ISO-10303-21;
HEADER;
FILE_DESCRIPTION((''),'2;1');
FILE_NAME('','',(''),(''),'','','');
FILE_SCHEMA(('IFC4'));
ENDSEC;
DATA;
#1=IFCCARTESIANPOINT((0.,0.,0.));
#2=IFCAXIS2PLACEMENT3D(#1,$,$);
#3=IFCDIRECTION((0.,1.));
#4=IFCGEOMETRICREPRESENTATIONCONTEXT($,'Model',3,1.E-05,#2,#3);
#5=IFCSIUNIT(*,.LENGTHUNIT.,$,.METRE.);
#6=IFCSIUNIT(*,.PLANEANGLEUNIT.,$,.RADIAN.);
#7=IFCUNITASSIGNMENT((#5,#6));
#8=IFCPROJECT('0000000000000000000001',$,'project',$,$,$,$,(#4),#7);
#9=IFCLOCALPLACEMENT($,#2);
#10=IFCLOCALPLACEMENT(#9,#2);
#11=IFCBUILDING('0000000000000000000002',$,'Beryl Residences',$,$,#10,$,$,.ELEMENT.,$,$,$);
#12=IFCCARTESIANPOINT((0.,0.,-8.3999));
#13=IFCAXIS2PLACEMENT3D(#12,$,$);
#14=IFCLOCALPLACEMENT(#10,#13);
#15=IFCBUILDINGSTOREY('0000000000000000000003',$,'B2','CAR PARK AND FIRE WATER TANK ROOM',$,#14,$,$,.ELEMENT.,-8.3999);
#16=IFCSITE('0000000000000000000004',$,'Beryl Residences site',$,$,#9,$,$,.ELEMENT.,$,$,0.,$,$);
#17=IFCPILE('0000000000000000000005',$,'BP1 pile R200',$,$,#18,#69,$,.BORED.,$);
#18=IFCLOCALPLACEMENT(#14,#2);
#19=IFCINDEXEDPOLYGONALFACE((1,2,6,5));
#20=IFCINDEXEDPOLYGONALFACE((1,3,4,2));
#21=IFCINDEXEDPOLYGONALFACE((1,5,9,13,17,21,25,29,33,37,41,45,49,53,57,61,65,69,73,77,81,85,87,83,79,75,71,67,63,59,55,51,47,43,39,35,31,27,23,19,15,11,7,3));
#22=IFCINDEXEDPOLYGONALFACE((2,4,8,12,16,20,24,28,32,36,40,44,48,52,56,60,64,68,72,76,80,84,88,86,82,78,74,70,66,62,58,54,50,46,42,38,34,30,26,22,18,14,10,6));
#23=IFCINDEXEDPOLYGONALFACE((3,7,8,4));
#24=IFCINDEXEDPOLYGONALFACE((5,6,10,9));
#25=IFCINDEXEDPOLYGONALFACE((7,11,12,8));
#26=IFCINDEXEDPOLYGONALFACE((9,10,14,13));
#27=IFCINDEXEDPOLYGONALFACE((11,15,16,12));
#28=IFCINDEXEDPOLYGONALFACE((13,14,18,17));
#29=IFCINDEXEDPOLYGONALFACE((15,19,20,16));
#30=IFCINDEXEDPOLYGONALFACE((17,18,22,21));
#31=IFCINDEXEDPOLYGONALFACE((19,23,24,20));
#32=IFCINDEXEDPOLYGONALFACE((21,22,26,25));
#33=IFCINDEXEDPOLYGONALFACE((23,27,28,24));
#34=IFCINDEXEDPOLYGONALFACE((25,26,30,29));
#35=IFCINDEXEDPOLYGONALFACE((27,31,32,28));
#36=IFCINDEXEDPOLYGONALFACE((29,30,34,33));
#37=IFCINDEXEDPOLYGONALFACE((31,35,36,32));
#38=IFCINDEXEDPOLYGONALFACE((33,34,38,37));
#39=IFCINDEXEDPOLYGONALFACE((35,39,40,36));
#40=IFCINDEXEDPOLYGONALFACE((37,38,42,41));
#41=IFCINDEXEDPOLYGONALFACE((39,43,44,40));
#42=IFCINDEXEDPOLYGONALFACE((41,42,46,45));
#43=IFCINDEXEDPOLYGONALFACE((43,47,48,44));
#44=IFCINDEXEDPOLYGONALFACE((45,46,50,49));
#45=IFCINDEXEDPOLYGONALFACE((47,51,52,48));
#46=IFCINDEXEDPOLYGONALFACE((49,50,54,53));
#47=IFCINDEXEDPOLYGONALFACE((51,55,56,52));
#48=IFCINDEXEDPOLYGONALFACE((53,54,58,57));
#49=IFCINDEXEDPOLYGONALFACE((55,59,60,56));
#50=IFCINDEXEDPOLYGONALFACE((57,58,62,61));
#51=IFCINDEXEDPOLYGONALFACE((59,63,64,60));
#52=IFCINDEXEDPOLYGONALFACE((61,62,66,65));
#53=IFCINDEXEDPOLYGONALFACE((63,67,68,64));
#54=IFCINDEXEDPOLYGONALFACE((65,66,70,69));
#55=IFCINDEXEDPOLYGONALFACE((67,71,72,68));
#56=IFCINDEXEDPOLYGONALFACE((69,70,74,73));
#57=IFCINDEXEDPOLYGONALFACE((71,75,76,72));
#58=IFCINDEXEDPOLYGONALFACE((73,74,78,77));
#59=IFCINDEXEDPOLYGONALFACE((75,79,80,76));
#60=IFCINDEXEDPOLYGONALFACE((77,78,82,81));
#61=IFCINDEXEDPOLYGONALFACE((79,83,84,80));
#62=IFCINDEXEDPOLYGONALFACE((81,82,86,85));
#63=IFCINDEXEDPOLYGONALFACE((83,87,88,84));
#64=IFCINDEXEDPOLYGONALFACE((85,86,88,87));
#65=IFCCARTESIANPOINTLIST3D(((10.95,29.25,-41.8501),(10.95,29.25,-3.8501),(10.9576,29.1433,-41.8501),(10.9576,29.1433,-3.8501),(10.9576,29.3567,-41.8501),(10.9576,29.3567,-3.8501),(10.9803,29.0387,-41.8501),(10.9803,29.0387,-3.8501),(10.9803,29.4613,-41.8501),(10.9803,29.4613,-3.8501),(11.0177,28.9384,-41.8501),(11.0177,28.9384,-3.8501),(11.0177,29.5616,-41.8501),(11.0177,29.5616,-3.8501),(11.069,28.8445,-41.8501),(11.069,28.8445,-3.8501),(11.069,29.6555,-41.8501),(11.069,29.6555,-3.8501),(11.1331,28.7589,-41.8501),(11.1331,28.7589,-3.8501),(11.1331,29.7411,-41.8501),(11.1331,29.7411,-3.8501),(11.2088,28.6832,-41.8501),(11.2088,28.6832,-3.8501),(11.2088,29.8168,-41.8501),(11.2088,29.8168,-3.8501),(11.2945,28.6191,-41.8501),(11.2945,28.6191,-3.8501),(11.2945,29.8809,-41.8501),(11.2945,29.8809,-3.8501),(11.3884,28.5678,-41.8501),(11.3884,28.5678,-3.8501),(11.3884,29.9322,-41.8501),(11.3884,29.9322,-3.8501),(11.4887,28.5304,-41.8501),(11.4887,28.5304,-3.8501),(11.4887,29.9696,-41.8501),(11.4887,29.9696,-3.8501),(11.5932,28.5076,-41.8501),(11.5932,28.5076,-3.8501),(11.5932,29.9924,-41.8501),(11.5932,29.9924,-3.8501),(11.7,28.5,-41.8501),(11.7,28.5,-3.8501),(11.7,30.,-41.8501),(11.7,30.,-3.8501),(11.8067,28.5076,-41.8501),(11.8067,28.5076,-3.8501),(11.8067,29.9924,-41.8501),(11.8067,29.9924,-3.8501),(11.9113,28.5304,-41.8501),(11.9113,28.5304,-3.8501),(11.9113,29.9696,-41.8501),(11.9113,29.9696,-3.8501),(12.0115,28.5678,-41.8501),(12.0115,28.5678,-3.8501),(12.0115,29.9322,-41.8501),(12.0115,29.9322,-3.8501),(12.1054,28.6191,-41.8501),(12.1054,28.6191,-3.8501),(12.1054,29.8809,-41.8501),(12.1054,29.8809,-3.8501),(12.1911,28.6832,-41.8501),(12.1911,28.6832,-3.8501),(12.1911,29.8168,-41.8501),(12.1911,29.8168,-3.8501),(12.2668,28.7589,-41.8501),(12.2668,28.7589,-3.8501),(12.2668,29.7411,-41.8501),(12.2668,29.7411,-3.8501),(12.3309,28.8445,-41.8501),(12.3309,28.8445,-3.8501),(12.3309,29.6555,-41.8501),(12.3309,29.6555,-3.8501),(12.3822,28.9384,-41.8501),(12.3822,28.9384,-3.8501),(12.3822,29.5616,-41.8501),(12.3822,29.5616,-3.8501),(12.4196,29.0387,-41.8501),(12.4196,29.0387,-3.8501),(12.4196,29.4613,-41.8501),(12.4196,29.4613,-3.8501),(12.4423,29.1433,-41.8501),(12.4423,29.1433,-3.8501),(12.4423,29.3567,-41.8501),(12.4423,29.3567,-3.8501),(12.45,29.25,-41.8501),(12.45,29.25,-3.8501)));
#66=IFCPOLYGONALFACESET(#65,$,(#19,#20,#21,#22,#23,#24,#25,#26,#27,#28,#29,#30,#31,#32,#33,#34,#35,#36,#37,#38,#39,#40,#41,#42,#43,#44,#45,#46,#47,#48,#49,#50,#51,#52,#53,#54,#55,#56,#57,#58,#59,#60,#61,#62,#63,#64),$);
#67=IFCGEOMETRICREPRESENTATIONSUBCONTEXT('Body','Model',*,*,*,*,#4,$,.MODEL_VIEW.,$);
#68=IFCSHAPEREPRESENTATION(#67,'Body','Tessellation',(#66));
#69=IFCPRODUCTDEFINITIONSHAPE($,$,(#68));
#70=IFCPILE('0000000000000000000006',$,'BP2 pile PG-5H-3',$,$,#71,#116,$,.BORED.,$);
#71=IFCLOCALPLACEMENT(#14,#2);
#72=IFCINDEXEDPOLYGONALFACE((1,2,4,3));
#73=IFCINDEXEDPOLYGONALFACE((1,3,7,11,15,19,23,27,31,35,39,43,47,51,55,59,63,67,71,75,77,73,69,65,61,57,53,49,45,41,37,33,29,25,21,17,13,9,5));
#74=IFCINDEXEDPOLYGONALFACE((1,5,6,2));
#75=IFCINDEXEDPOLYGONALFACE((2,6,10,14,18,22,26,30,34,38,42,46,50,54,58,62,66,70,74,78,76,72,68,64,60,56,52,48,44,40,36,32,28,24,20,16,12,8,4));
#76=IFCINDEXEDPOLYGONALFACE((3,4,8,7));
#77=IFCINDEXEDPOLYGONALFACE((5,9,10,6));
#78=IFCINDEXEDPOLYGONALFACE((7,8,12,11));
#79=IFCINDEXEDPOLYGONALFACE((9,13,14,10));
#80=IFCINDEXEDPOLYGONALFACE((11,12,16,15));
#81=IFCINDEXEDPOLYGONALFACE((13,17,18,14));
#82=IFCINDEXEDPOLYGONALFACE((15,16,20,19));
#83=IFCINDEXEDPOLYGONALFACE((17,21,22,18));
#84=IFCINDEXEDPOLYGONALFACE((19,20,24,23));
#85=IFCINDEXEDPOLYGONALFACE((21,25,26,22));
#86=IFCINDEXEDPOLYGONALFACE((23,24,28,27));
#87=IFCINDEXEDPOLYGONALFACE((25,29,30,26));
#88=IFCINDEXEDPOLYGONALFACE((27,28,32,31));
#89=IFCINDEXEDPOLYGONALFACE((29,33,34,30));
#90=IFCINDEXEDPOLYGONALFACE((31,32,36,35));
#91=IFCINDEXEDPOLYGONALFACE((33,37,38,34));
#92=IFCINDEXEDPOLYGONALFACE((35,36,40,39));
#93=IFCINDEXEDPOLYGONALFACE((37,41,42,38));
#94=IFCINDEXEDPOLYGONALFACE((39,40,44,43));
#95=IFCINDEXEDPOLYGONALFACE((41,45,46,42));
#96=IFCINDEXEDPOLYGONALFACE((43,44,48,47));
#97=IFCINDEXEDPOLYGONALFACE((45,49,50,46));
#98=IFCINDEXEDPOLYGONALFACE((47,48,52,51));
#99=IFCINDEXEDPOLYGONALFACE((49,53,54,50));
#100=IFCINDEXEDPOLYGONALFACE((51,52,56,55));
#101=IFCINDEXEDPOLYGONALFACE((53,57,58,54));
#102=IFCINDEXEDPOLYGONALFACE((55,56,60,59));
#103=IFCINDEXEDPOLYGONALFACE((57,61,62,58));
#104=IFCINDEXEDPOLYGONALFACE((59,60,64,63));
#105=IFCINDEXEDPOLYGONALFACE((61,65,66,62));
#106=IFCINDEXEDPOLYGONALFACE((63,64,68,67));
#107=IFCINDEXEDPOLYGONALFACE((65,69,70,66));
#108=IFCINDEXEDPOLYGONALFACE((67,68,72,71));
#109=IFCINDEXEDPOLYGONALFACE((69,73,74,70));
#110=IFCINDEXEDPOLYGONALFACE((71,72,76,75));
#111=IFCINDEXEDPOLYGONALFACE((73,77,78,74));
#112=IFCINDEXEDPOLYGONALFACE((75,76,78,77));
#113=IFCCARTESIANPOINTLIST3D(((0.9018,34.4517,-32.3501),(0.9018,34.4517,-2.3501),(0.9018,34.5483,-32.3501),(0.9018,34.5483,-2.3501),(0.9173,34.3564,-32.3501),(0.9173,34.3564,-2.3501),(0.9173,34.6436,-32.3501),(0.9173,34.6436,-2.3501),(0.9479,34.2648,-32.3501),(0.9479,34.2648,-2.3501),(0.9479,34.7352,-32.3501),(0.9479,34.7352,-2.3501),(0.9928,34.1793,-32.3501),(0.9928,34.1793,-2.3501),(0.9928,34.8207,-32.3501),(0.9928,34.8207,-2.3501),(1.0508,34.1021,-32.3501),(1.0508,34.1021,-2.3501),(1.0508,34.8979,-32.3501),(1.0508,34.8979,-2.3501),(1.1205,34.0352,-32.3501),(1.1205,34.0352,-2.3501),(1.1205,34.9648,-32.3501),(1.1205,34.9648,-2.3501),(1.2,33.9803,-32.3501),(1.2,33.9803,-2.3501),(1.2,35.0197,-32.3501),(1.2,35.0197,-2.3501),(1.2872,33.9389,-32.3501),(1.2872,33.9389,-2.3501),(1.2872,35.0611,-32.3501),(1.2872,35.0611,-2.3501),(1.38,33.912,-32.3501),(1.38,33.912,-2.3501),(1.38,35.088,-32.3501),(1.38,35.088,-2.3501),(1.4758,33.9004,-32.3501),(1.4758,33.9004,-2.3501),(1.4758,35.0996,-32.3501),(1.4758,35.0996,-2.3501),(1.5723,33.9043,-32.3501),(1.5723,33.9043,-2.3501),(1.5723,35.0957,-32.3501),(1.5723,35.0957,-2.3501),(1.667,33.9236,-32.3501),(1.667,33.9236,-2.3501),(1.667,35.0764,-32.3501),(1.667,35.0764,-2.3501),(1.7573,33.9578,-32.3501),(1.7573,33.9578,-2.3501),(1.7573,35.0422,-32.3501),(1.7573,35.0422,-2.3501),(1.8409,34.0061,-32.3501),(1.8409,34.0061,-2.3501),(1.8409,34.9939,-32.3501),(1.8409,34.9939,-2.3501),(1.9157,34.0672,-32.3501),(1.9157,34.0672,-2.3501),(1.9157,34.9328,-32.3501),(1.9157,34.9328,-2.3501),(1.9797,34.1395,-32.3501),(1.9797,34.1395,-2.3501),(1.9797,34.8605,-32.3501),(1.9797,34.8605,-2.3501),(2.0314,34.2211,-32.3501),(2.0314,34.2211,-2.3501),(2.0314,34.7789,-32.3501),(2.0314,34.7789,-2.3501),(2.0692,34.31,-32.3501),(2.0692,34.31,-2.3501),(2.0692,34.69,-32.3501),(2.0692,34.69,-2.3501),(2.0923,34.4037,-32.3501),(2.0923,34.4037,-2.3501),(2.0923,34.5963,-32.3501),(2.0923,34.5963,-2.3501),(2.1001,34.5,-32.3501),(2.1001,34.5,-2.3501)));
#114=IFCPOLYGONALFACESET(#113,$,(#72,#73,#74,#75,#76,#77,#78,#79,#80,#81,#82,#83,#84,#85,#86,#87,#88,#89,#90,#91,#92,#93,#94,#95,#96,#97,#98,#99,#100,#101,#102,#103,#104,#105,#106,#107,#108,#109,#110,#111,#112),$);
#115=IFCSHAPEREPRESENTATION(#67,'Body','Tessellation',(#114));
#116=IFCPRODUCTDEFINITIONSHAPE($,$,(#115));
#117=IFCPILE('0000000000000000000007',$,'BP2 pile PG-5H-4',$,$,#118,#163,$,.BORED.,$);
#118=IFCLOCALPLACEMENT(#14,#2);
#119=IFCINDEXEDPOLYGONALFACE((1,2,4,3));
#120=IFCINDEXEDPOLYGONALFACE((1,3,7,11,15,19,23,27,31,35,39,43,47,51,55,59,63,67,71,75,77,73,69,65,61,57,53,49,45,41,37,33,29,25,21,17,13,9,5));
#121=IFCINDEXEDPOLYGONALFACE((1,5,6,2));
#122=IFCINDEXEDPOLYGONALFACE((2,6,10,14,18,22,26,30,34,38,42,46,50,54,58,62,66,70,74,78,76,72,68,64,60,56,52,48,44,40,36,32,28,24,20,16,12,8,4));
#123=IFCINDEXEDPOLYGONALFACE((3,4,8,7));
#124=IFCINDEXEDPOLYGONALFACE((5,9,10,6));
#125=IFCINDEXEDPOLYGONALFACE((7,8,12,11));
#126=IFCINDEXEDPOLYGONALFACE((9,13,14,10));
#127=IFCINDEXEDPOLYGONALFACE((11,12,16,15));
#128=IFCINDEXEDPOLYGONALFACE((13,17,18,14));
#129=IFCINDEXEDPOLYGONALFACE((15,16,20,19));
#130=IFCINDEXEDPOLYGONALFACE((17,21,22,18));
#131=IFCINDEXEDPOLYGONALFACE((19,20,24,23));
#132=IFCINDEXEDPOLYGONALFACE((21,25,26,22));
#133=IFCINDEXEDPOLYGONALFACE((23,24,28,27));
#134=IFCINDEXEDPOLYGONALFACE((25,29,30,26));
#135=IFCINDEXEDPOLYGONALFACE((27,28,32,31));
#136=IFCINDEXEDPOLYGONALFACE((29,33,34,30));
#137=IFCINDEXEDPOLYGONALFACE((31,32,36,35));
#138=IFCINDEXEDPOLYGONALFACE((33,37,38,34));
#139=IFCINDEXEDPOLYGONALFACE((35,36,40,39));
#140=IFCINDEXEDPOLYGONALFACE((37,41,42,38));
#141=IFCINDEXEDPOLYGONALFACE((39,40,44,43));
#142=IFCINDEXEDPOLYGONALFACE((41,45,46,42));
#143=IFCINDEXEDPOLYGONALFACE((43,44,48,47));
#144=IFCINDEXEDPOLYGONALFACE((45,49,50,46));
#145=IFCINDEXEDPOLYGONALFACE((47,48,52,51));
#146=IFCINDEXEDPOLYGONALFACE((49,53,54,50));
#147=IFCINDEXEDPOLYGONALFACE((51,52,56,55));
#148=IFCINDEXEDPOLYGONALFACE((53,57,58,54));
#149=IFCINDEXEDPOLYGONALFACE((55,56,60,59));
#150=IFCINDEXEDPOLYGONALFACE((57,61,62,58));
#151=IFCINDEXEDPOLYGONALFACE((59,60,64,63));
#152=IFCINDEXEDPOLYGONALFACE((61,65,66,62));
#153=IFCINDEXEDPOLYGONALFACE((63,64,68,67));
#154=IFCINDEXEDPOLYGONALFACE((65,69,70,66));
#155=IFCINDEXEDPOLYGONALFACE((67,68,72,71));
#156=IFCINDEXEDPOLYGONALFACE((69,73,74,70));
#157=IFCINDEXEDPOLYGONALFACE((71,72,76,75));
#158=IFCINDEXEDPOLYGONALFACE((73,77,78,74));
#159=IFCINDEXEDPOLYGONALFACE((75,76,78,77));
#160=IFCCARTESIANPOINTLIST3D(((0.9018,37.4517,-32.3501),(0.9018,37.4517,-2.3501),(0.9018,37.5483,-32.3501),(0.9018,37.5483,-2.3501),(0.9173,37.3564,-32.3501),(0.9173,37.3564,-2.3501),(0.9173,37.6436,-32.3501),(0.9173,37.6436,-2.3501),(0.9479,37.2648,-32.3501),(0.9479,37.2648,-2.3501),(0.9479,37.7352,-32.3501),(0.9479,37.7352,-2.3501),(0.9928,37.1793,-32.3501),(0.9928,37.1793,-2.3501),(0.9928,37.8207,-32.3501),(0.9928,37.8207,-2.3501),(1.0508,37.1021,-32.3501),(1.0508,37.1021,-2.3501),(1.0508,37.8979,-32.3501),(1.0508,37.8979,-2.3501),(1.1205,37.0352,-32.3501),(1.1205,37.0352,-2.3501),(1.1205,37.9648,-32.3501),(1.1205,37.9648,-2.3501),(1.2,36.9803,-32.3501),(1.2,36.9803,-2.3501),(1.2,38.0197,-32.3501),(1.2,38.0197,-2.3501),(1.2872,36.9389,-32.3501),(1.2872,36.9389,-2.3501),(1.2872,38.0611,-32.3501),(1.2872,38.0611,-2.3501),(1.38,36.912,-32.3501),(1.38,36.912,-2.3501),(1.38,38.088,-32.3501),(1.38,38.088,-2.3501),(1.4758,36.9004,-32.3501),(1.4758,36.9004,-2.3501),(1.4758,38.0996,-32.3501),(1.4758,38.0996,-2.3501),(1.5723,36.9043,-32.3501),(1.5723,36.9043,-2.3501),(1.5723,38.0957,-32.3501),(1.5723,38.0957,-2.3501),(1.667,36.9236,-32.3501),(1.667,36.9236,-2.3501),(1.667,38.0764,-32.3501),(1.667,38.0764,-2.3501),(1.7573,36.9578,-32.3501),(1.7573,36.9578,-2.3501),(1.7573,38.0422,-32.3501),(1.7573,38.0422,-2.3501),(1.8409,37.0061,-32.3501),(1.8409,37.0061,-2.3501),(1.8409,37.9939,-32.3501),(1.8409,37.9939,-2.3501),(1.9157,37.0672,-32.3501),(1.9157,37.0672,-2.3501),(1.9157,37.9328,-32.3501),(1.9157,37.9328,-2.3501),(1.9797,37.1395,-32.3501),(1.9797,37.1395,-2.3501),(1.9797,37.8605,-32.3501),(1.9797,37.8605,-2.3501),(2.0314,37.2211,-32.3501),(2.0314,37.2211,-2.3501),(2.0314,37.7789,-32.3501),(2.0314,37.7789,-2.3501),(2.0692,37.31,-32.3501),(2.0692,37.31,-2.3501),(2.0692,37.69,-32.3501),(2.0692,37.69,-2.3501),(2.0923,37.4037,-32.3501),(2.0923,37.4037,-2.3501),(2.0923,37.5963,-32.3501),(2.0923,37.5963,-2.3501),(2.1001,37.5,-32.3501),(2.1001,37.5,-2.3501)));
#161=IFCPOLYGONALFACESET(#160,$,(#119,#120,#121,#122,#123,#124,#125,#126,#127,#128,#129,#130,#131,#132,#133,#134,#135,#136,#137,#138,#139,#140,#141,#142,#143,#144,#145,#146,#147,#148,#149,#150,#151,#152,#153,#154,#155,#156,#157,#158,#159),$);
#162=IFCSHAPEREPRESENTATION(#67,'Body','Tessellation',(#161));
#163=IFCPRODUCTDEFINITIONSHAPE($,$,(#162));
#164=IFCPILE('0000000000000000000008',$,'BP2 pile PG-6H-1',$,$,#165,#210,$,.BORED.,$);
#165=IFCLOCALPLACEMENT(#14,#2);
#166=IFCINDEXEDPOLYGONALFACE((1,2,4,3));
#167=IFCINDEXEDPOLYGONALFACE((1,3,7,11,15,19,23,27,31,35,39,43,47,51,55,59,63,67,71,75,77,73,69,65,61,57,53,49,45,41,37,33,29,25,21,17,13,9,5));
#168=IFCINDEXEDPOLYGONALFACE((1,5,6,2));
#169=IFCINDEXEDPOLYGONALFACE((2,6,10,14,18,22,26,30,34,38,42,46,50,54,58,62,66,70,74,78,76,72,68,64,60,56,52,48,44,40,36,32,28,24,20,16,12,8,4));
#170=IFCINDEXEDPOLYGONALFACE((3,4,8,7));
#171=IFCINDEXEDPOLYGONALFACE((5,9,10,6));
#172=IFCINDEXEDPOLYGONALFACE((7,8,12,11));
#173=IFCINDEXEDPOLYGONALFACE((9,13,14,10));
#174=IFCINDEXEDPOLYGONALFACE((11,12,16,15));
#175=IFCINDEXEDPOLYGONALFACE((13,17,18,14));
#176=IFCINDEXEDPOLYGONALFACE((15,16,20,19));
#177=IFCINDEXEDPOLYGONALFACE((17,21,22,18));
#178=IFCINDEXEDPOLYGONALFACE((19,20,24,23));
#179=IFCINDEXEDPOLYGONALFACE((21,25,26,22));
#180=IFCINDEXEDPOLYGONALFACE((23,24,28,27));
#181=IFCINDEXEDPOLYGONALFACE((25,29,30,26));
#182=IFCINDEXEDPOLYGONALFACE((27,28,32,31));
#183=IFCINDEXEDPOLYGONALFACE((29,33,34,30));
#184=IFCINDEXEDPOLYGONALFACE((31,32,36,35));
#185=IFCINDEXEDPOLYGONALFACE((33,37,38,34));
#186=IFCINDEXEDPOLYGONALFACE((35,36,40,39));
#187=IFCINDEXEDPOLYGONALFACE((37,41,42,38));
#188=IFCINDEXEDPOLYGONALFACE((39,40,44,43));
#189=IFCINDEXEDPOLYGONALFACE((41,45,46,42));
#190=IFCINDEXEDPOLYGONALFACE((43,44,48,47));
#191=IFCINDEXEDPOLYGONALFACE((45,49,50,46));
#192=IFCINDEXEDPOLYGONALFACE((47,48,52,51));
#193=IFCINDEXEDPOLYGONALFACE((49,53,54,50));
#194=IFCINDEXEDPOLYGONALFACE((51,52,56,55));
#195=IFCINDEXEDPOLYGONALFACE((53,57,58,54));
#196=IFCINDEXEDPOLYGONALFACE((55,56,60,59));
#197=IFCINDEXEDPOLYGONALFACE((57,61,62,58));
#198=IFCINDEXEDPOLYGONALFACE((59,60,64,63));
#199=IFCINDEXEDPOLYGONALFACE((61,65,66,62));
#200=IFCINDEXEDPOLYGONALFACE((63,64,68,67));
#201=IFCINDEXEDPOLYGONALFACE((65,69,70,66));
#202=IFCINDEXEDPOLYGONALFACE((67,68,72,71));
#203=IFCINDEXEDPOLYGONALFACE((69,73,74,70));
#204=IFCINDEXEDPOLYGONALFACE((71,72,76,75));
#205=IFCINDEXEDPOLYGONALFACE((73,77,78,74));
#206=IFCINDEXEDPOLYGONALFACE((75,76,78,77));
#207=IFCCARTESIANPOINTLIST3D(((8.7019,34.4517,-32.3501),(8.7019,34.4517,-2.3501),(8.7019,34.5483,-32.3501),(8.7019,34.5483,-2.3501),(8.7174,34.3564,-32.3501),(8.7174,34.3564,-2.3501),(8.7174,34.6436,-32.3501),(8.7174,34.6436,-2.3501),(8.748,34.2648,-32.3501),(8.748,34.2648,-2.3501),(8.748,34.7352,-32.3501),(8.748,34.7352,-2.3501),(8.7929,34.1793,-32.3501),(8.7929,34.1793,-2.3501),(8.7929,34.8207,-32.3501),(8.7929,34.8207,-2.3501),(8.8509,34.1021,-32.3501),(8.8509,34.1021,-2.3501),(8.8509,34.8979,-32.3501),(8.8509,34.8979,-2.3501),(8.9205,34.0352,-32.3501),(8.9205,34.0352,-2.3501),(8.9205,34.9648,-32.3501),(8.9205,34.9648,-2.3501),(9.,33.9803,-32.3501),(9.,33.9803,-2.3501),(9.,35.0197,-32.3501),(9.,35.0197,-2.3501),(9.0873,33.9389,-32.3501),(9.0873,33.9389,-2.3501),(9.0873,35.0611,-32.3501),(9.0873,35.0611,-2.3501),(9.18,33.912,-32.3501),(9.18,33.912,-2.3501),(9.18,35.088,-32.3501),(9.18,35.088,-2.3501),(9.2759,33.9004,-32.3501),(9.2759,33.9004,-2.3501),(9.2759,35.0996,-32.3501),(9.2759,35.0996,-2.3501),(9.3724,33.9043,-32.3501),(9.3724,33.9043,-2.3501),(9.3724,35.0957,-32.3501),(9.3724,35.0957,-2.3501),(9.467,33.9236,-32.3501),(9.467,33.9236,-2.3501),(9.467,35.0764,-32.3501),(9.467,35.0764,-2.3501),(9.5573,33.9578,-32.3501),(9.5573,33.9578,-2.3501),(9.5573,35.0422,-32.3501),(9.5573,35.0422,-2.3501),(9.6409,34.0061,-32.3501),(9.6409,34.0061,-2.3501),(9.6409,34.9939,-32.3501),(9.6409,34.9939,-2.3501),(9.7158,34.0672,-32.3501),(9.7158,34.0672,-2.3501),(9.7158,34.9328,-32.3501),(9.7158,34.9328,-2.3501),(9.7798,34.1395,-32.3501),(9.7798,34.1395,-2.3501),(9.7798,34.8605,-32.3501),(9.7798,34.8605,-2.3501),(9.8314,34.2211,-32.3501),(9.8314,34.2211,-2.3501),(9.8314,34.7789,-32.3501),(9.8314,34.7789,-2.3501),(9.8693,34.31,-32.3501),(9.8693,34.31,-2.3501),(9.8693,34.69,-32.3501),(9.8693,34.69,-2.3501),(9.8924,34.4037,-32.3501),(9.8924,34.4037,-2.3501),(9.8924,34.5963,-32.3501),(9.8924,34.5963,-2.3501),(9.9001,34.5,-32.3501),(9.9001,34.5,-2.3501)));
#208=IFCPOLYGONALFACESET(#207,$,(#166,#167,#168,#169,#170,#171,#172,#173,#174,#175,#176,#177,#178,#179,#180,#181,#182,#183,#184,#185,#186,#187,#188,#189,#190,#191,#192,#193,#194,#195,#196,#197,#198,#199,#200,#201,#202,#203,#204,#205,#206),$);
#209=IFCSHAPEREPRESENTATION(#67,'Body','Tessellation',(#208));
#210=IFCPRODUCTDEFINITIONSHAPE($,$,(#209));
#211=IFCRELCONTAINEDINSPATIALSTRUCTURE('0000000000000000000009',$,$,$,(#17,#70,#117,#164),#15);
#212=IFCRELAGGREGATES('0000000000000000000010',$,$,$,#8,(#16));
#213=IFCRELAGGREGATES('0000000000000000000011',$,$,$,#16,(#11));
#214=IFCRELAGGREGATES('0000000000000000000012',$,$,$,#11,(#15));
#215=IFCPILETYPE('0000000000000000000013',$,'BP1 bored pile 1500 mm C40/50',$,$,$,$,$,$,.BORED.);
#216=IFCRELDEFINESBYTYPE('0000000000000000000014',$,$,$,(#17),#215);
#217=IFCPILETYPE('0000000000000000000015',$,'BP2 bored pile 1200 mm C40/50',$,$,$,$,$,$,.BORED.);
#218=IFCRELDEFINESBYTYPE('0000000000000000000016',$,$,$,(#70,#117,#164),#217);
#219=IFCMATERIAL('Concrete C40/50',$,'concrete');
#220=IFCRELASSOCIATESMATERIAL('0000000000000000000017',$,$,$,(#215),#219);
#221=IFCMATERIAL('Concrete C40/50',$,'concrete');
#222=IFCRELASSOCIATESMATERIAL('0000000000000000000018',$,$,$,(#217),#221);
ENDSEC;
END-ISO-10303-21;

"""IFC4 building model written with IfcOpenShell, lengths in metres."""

from ifc_helpers import new_model, si_unit, direction, frame, origin, origin_2d, place, context, subcontext, project, spatial, circle, extrude, material, material_profile, profile_set, type_object, element, save


model = new_model("IFC4")

# Units and contexts
model_context = context("Model", 3, precision=1e-05, world=origin(), true_north=direction((0.0, 1.0)))
body_context = subcontext(model_context, "Body", "Model", "MODEL_VIEW")
ifc_project = project(units=[si_unit("LENGTHUNIT", "METRE"), si_unit("PLANEANGLEUNIT", "RADIAN")], contexts=[model_context])

# Site, building, storey
site_placement = place(None, origin())
site = spatial("IfcSite", under=ifc_project, at=site_placement, Name="Beryl Residences site", CompositionType="ELEMENT", RefElevation=0.0)
building_placement = place(site_placement, origin())
building = spatial("IfcBuilding", under=site, at=building_placement, Name="Beryl Residences", CompositionType="ELEMENT")
storey_placement = place(building_placement, frame((0.0, 0.0, -8.3999)))
storey = spatial("IfcBuildingStorey", under=building, at=storey_placement, Name="B2", Description="CAR PARK AND FIRE WATER TANK ROOM", CompositionType="ELEMENT", Elevation=-8.3999)

# Piles
ifc_material_1 = material(Name="Concrete C40/50", Category="concrete")
ifc_material_profile_1 = material_profile(ifc_material_1, circle(Radius=0.75, at=origin_2d()))
ifc_profile_set_1 = profile_set([ifc_material_profile_1], Name="Concrete C40/50")
pile_type_1 = type_object("IfcPileType", Name="BP1 bored pile 1500 mm C40/50", PredefinedType="BORED", material=ifc_profile_set_1)
for number, where, z_axis, x_axis, name in (
    (1, (11.7, 29.25, -3.8501), (0.0, 0.0, -1.0), (1.0, 0.0, 0.0), "BP1 pile R200"),
):
    element("IfcPile", number, at=place(storey_placement, frame(where, z_axis=z_axis, x_axis=x_axis)), inside=storey, type_object=pile_type_1, Name=name, PredefinedType="BORED", context=body_context, shape_type="SweptSolid", body=[
        extrude(circle(Radius=0.75, at=origin_2d()), origin(), (0.0, 0.0, 1.0), 38.0),
    ])
ifc_material_2 = material(Name="Concrete C40/50", Category="concrete")
ifc_material_profile_2 = material_profile(ifc_material_2, circle(Radius=0.6001, at=origin_2d()))
ifc_profile_set_2 = profile_set([ifc_material_profile_2], Name="Concrete C40/50")
pile_type_2 = type_object("IfcPileType", Name="BP2 bored pile 1200 mm C40/50", PredefinedType="BORED", material=ifc_profile_set_2)
for number, where, z_axis, x_axis, name in (
    (2, (1.5, 34.5, -2.3501), (0.0, 0.0, -1.0), (1.0, 0.0, 0.0), "BP2 pile PG-5H-3"),
    (3, (1.5, 37.5, -2.3501), (0.0, 0.0, -1.0), (1.0, 0.0, 0.0), "BP2 pile PG-5H-4"),
    (4, (9.3, 34.5, -2.3501), (0.0, 0.0, -1.0), (1.0, 0.0, 0.0), "BP2 pile PG-6H-1"),
):
    element("IfcPile", number, at=place(storey_placement, frame(where, z_axis=z_axis, x_axis=x_axis)), inside=storey, type_object=pile_type_2, Name=name, PredefinedType="BORED", context=body_context, shape_type="SweptSolid", body=[
        extrude(circle(Radius=0.6001, at=origin_2d()), origin(), (0.0, 0.0, 1.0), 30.0),
    ])

save(model, "model.ifc")
